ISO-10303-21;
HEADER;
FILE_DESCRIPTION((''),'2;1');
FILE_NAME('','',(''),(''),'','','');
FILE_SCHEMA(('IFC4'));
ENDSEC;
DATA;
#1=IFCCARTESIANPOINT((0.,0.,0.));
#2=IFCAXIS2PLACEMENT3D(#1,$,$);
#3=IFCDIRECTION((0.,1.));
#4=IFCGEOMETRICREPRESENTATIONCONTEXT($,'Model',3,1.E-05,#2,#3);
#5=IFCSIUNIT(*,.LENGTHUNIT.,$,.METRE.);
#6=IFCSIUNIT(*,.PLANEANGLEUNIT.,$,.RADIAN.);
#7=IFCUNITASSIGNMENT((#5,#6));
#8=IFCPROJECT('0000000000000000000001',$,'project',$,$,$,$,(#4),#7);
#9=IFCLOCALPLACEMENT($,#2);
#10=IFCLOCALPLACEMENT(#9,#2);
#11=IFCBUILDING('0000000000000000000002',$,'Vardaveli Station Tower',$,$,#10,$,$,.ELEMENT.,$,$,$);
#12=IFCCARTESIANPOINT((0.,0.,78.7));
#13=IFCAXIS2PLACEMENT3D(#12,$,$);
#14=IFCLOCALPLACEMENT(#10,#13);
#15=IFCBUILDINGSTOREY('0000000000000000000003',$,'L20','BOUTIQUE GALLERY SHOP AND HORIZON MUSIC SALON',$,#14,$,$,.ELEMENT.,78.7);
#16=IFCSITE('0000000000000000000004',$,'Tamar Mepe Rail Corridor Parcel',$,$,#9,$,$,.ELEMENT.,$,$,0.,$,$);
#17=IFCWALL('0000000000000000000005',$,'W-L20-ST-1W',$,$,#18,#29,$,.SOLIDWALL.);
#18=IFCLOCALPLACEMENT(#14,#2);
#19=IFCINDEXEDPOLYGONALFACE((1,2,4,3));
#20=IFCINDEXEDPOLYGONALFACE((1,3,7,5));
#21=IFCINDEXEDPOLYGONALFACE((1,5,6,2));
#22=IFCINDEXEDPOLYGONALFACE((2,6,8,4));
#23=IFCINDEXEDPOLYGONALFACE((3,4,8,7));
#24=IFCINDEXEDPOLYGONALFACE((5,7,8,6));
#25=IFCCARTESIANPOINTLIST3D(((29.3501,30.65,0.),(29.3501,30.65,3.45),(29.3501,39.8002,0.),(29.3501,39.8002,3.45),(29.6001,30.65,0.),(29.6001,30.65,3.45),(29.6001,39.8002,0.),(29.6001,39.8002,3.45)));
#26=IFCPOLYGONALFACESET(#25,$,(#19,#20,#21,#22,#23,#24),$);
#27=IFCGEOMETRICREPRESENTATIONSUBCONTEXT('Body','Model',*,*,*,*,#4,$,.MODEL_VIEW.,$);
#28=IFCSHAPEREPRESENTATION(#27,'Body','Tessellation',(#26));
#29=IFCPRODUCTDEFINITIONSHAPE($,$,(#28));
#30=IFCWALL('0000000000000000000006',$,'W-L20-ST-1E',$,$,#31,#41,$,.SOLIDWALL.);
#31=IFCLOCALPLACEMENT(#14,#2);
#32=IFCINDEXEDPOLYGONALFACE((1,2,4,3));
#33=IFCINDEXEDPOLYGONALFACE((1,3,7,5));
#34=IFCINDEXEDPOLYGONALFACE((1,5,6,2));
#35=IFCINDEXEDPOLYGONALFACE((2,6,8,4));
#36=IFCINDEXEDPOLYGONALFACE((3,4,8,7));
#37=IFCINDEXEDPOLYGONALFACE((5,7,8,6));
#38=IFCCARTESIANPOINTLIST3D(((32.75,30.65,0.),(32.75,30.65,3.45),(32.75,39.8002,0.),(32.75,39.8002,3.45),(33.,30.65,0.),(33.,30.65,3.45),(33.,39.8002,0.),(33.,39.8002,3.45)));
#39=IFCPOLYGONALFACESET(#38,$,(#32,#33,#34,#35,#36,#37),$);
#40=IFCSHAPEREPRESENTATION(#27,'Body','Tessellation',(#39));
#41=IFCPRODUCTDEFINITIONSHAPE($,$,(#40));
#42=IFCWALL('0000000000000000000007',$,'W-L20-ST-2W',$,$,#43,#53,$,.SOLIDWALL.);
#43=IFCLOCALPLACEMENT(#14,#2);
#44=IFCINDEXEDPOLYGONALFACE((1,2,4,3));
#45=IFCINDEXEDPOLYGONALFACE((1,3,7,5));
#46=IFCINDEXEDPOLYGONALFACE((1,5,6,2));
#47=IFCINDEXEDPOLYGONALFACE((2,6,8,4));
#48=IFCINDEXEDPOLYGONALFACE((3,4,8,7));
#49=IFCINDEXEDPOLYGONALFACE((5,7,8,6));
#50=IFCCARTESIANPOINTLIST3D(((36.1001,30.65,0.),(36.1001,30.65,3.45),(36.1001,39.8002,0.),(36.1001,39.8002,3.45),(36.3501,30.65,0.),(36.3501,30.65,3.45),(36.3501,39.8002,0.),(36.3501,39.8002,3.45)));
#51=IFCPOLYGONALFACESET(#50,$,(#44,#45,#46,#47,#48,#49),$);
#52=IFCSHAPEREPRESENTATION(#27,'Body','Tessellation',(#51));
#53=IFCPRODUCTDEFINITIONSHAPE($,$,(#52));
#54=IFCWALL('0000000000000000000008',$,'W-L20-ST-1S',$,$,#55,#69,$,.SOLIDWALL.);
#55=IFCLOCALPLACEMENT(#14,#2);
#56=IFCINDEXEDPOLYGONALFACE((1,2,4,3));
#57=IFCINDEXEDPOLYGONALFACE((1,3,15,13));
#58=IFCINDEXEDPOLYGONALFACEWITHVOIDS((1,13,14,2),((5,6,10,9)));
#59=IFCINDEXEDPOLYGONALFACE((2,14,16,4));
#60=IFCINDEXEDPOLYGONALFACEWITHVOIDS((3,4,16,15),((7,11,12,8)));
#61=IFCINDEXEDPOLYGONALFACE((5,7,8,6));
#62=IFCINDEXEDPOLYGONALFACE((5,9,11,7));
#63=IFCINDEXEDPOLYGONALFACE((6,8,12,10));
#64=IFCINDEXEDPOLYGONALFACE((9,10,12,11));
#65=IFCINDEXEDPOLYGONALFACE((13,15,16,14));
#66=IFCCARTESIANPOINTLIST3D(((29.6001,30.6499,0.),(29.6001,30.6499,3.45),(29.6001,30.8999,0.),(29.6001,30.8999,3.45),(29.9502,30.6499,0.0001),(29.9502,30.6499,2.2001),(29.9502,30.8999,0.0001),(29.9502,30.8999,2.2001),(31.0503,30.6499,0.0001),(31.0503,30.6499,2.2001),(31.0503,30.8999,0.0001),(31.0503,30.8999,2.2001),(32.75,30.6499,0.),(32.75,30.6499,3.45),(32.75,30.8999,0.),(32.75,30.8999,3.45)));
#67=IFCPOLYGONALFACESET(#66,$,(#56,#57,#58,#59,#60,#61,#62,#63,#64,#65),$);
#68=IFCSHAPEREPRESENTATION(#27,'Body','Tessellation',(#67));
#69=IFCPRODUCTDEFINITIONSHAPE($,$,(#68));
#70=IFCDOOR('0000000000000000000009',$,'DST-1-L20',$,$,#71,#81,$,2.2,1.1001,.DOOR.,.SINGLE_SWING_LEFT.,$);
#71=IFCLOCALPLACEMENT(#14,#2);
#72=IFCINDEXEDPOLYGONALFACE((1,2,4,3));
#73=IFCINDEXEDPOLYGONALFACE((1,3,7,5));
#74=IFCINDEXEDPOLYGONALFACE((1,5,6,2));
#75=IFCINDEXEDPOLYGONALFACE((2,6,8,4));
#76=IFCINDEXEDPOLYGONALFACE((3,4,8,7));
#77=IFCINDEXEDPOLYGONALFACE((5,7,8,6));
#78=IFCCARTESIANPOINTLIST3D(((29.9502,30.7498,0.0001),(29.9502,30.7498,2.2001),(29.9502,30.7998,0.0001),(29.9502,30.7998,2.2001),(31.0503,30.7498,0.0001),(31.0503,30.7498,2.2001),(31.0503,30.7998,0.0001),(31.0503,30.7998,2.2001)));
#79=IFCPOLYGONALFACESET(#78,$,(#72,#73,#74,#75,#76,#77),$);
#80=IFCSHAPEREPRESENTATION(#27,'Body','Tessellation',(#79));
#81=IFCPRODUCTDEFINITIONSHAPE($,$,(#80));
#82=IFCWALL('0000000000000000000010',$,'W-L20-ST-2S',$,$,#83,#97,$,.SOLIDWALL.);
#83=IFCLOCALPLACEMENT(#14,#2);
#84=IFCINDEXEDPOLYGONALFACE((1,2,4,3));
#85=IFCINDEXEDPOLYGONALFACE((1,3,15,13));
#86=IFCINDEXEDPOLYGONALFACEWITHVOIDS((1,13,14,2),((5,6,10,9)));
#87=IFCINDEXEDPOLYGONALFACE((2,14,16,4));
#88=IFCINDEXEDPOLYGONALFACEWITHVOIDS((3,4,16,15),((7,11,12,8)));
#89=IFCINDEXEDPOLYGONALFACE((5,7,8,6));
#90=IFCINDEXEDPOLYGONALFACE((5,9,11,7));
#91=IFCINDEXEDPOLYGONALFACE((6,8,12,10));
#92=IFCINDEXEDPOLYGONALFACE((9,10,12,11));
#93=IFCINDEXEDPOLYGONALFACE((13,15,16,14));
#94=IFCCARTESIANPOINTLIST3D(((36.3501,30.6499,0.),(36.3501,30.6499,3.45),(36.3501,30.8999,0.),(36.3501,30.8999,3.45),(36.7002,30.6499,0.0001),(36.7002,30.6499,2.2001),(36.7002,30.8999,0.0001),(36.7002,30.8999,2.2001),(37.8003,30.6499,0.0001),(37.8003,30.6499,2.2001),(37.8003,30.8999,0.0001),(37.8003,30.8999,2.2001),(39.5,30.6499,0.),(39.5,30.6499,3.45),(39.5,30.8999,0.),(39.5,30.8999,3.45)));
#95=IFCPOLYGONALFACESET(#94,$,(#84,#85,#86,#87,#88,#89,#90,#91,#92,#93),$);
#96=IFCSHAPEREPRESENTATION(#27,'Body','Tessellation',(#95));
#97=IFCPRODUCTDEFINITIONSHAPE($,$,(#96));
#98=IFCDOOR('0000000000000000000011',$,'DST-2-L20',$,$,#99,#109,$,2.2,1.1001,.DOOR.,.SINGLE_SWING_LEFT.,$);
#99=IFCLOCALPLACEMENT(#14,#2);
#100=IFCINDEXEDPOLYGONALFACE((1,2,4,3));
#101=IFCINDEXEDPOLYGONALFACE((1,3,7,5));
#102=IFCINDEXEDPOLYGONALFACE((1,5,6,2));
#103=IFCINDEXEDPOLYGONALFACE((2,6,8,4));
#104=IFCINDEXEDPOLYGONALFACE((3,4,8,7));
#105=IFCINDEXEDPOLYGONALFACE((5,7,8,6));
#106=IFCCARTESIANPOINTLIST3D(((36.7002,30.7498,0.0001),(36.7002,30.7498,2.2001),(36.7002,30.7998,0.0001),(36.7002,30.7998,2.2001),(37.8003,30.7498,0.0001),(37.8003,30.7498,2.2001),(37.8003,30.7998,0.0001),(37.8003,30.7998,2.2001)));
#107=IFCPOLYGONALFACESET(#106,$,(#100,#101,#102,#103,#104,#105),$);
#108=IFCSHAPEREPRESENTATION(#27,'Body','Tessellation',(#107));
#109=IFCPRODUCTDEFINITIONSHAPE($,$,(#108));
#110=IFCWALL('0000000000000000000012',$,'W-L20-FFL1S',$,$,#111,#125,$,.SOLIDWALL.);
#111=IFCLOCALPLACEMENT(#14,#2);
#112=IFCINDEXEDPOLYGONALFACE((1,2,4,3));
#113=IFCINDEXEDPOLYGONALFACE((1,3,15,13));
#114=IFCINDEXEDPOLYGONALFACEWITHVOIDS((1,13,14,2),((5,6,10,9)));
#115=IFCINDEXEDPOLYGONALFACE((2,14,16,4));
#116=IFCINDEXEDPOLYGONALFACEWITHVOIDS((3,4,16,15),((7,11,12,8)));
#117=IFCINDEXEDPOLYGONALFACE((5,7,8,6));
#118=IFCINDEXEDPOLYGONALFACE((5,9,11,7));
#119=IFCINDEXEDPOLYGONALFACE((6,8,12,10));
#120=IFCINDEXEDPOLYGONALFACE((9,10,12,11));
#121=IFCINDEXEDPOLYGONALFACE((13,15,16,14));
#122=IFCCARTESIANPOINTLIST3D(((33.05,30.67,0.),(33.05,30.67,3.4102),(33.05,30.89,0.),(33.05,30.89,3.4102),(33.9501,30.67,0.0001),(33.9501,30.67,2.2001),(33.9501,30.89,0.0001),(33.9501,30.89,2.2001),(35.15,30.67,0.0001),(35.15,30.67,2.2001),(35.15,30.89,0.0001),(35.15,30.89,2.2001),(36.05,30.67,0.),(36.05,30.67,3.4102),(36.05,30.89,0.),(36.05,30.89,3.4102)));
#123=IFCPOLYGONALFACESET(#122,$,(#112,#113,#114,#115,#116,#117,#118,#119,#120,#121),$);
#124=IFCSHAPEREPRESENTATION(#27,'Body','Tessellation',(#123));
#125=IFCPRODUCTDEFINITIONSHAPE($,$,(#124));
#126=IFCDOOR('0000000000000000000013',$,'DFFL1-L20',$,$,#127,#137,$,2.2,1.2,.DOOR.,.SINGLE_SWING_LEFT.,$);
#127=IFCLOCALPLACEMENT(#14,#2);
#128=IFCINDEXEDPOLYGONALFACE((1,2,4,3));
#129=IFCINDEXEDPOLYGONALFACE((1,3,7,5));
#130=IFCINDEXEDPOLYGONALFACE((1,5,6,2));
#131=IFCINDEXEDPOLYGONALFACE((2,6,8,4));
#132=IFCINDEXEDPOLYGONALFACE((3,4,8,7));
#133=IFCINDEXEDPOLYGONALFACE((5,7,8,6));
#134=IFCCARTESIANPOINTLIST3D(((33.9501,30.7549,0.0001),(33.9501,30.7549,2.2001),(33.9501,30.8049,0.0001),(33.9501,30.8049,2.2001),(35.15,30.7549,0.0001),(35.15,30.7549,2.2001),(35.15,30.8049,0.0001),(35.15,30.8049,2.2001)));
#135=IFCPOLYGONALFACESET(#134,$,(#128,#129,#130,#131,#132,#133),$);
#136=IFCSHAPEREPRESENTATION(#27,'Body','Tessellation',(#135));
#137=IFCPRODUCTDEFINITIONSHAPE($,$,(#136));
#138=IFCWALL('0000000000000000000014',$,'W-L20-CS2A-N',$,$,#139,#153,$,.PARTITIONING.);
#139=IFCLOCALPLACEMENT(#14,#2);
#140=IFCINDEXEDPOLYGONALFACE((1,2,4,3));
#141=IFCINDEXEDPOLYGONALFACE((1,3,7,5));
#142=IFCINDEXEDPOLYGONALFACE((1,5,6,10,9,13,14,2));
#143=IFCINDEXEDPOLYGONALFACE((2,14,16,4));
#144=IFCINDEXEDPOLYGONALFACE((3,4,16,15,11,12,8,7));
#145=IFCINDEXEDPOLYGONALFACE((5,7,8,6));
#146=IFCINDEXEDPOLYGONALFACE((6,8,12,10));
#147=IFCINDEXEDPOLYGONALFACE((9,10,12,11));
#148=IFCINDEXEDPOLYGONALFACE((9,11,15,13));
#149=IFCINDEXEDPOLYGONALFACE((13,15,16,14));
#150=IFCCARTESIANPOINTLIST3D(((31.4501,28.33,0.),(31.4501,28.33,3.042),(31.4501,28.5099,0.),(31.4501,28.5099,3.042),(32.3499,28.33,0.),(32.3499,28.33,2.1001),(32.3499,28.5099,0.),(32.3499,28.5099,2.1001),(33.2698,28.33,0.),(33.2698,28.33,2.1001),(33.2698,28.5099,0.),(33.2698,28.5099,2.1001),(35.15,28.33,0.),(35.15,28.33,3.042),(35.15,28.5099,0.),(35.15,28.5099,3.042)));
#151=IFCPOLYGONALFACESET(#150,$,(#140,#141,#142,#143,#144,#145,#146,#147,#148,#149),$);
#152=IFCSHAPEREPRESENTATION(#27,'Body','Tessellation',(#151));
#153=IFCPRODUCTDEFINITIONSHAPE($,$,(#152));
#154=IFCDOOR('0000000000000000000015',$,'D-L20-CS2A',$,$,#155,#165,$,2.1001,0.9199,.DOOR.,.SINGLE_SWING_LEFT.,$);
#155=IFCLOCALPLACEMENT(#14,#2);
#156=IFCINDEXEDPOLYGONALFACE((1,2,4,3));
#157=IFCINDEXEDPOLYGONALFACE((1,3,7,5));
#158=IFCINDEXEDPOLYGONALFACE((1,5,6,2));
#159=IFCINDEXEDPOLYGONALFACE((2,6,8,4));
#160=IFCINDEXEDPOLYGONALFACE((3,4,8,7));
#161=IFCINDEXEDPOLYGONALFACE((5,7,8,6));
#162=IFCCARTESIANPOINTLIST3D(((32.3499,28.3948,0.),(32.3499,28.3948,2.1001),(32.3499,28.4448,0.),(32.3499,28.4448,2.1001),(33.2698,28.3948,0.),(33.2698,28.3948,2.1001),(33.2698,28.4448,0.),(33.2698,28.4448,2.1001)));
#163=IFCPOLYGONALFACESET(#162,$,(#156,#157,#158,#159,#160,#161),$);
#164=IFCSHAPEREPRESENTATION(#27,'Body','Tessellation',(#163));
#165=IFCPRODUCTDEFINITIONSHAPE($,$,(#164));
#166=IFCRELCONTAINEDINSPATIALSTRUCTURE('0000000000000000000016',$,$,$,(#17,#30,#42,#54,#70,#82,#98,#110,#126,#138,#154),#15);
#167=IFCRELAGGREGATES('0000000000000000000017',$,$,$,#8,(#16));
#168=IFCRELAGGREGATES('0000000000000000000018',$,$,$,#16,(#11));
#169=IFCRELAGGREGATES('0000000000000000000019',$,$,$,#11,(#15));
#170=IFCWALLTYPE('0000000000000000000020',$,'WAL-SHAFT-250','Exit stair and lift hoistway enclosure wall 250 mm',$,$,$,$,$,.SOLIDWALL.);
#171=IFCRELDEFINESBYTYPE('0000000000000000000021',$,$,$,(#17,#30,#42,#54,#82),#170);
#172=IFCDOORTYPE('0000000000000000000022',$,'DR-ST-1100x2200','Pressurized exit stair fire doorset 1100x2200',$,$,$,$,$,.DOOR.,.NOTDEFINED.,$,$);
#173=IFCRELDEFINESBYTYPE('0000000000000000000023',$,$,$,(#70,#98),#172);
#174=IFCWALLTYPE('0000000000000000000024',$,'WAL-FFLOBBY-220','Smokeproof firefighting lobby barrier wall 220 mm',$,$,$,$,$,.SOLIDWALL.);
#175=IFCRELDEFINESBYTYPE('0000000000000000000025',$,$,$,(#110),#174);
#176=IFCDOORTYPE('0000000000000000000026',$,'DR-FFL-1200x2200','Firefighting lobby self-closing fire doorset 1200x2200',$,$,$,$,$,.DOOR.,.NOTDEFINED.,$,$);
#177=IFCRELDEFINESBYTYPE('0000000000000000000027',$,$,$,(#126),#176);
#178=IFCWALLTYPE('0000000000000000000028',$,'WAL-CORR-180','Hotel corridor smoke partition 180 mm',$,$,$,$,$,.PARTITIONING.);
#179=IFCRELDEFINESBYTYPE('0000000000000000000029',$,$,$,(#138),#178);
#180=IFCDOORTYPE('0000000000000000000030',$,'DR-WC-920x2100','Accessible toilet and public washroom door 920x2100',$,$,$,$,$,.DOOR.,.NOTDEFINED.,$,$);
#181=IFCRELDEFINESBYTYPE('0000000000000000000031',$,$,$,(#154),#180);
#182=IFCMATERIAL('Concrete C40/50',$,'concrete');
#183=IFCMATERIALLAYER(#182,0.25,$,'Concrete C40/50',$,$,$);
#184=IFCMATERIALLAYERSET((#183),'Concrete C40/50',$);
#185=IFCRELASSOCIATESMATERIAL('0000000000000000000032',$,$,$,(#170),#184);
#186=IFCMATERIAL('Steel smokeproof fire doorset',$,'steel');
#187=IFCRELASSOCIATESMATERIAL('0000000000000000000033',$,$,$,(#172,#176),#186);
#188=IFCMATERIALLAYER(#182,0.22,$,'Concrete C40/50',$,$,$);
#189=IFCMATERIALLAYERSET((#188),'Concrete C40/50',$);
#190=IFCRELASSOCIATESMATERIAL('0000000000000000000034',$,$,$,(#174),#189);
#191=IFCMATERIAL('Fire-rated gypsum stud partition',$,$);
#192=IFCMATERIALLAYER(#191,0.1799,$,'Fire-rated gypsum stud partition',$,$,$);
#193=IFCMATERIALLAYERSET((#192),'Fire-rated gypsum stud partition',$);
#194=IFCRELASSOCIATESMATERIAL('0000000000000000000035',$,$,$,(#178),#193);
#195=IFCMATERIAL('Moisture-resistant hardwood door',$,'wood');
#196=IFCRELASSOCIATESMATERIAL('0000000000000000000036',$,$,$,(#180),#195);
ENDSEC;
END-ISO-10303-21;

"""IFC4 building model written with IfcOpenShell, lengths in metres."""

from ifc_helpers import new_model, si_unit, direction, frame, frame_2d, origin, place, context, subcontext, project, spatial, rectangle, extrude, source, transform, mapped, material, layer, layer_set, type_object, element, fill, save


model = new_model("IFC4")

# Units and contexts
model_context = context("Model", 3, precision=1e-05, world=origin(), true_north=direction((0.0, 1.0)))
body_context = subcontext(model_context, "Body", "Model", "MODEL_VIEW")
ifc_project = project(units=[si_unit("LENGTHUNIT", "METRE"), si_unit("PLANEANGLEUNIT", "RADIAN")], contexts=[model_context])

# Site, building, storey
site_placement = place(None, origin())
site = spatial("IfcSite", under=ifc_project, at=site_placement, Name="Tamar Mepe Rail Corridor Parcel", CompositionType="ELEMENT", RefElevation=0.0)
building_placement = place(site_placement, origin())
building = spatial("IfcBuilding", under=site, at=building_placement, Name="Vardaveli Station Tower", CompositionType="ELEMENT")
storey_placement = place(building_placement, frame((0.0, 0.0, 78.7)))
storey = spatial("IfcBuildingStorey", under=building, at=storey_placement, Name="L20", Description="BOUTIQUE GALLERY SHOP AND HORIZON MUSIC SALON", CompositionType="ELEMENT", Elevation=78.7)

# Walls
ifc_material_1 = material(Name="Concrete C40/50", Category="concrete")
ifc_layer_1 = layer(ifc_material_1, 0.25, Name="Concrete C40/50")
ifc_layer_set_1 = layer_set([ifc_layer_1], Name="Concrete C40/50")
wall_type_1 = type_object("IfcWallType", Name="WAL-SHAFT-250", Description="Exit stair and lift hoistway enclosure wall 250 mm", PredefinedType="SOLIDWALL", material=ifc_layer_set_1)
shared_shape_1 = source(origin(), body_context, "Body", "SweptSolid", [
    extrude(rectangle(XDim=9.1501, YDim=0.25, at=frame_2d((4.5752, 0.0))), origin(), (0.0, 0.0, 1.0), 3.45),
])
for number, where, z_axis, x_axis, name in (
    (1, (29.4751, 30.6499, 0.0), (0.0, 0.0, 1.0), (0.0, 1.0, 0.0), "W-L20-ST-1W"),
    (2, (32.875, 30.6499, 0.0), (0.0, 0.0, 1.0), (0.0, 1.0, 0.0), "W-L20-ST-1E"),
    (3, (36.2251, 30.6499, 0.0), (0.0, 0.0, 1.0), (0.0, 1.0, 0.0), "W-L20-ST-2W"),
):
    element("IfcWall", number, at=place(storey_placement, frame(where, z_axis=z_axis, x_axis=x_axis)), inside=storey, type_object=wall_type_1, Name=name, PredefinedType="SOLIDWALL", context=body_context, shape_type="MappedRepresentation", body=[
        mapped(shared_shape_1, transform((0.0, 0.0, 0.0), scale=1.0)),
    ])

# Walls, openings, doors
shared_shape_2 = source(origin(), body_context, "Body", "SweptSolid", [
    extrude(rectangle(XDim=3.1499, YDim=0.25, at=frame_2d((1.575, 0.0))), origin(), (0.0, 0.0, 1.0), 3.45),
])
wall_1_placement = place(storey_placement, frame((29.6001, 30.7749, 0.0), z_axis=(0.0, 0.0, 1.0), x_axis=(1.0, 0.0, 0.0)))
wall_1 = element("IfcWall", 4, at=wall_1_placement, inside=storey, type_object=wall_type_1, Name="W-L20-ST-1S", PredefinedType="SOLIDWALL", context=body_context, shape_type="MappedRepresentation", body=[
    mapped(shared_shape_2, transform((0.0, 0.0, 0.0), scale=1.0)),
])
shared_shape_3 = source(origin(), body_context, "Body", "SweptSolid", [
    extrude(rectangle(XDim=1.1001, YDim=2.2, at=frame_2d((0.55, 1.1001))), frame((0.0, 0.135, 0.0), z_axis=(0.0, -1.0, 0.0), x_axis=(1.0, 0.0, 0.0)), (0.0, 0.0, 1.0), 0.27),
])
opening_1_placement = place(wall_1_placement, frame((0.3501, 0.0, 0.0)))
opening_1 = element("IfcOpeningElement", 5, at=opening_1_placement, cuts=wall_1, PredefinedType="OPENING", context=body_context, shape_type="MappedRepresentation", body=[
    mapped(shared_shape_3, transform((0.0, 0.0, 0.0), scale=1.0)),
])
ifc_material_2 = material(Name="Steel smokeproof fire doorset", Category="steel")
door_type_1 = type_object("IfcDoorType", Name="DR-ST-1100x2200", Description="Pressurized exit stair fire doorset 1100x2200", OperationType="NOTDEFINED", PredefinedType="DOOR", material=ifc_material_2)
shared_shape_4 = source(origin(), body_context, "Body", "SweptSolid", [
    extrude(rectangle(XDim=1.1001, YDim=2.2, at=frame_2d((0.55, 1.1001))), frame((0.0, 0.0249, 0.0), z_axis=(0.0, -1.0, 0.0), x_axis=(1.0, 0.0, 0.0)), (0.0, 0.0, 1.0), 0.05),
])
door_1_placement = place(opening_1_placement, origin())
door_1 = element("IfcDoor", 6, at=door_1_placement, inside=storey, type_object=door_type_1, Name="DST-1-L20", OperationType="SINGLE_SWING_LEFT", OverallHeight=2.2, OverallWidth=1.1001, PredefinedType="DOOR", context=body_context, shape_type="MappedRepresentation", body=[
    mapped(shared_shape_4, transform((0.0, 0.0, 0.0), scale=1.0)),
])
fill(opening_1, door_1)
wall_2_placement = place(storey_placement, frame((36.3501, 30.7749, 0.0), z_axis=(0.0, 0.0, 1.0), x_axis=(1.0, 0.0, 0.0)))
wall_2 = element("IfcWall", 7, at=wall_2_placement, inside=storey, type_object=wall_type_1, Name="W-L20-ST-2S", PredefinedType="SOLIDWALL", context=body_context, shape_type="MappedRepresentation", body=[
    mapped(shared_shape_2, transform((0.0, 0.0, 0.0), scale=1.0)),
])
opening_2_placement = place(wall_2_placement, frame((0.3501, 0.0, 0.0)))
opening_2 = element("IfcOpeningElement", 8, at=opening_2_placement, cuts=wall_2, PredefinedType="OPENING", context=body_context, shape_type="MappedRepresentation", body=[
    mapped(shared_shape_3, transform((0.0, 0.0, 0.0), scale=1.0)),
])
door_2_placement = place(opening_2_placement, origin())
door_2 = element("IfcDoor", 9, at=door_2_placement, inside=storey, type_object=door_type_1, Name="DST-2-L20", OperationType="SINGLE_SWING_LEFT", OverallHeight=2.2, OverallWidth=1.1001, PredefinedType="DOOR", context=body_context, shape_type="MappedRepresentation", body=[
    mapped(shared_shape_4, transform((0.0, 0.0, 0.0), scale=1.0)),
])
fill(opening_2, door_2)
ifc_layer_2 = layer(ifc_material_1, 0.22, Name="Concrete C40/50")
ifc_layer_set_2 = layer_set([ifc_layer_2], Name="Concrete C40/50")
wall_type_2 = type_object("IfcWallType", Name="WAL-FFLOBBY-220", Description="Smokeproof firefighting lobby barrier wall 220 mm", PredefinedType="SOLIDWALL", material=ifc_layer_set_2)
shared_shape_5 = source(origin(), body_context, "Body", "SweptSolid", [
    extrude(rectangle(XDim=3.0, YDim=0.22, at=frame_2d((1.5, 0.0))), origin(), (0.0, 0.0, 1.0), 3.4102),
])
wall_3_placement = place(storey_placement, frame((33.05, 30.78, 0.0), z_axis=(0.0, 0.0, 1.0), x_axis=(1.0, 0.0, 0.0)))
wall_3 = element("IfcWall", 10, at=wall_3_placement, inside=storey, type_object=wall_type_2, Name="W-L20-FFL1S", PredefinedType="SOLIDWALL", context=body_context, shape_type="MappedRepresentation", body=[
    mapped(shared_shape_5, transform((0.0, 0.0, 0.0), scale=1.0)),
])
shared_shape_6 = source(origin(), body_context, "Body", "SweptSolid", [
    extrude(rectangle(XDim=1.2, YDim=2.2, at=frame_2d((0.6001, 1.1001))), frame((0.0, 0.1201, 0.0), z_axis=(0.0, -1.0, 0.0), x_axis=(1.0, 0.0, 0.0)), (0.0, 0.0, 1.0), 0.24),
])
opening_3_placement = place(wall_3_placement, frame((0.8999, 0.0, 0.0)))
opening_3 = element("IfcOpeningElement", 11, at=opening_3_placement, cuts=wall_3, PredefinedType="OPENING", context=body_context, shape_type="MappedRepresentation", body=[
    mapped(shared_shape_6, transform((0.0, 0.0, 0.0), scale=1.0)),
])
door_type_2 = type_object("IfcDoorType", Name="DR-FFL-1200x2200", Description="Firefighting lobby self-closing fire doorset 1200x2200", OperationType="NOTDEFINED", PredefinedType="DOOR", material=ifc_material_2)
shared_shape_7 = source(origin(), body_context, "Body", "SweptSolid", [
    extrude(rectangle(XDim=1.2, YDim=2.2, at=frame_2d((0.6001, 1.1001))), frame((0.0, 0.0249, 0.0), z_axis=(0.0, -1.0, 0.0), x_axis=(1.0, 0.0, 0.0)), (0.0, 0.0, 1.0), 0.05),
])
door_3_placement = place(opening_3_placement, origin())
door_3 = element("IfcDoor", 12, at=door_3_placement, inside=storey, type_object=door_type_2, Name="DFFL1-L20", OperationType="SINGLE_SWING_LEFT", OverallHeight=2.2, OverallWidth=1.2, PredefinedType="DOOR", context=body_context, shape_type="MappedRepresentation", body=[
    mapped(shared_shape_7, transform((0.0, 0.0, 0.0), scale=1.0)),
])
fill(opening_3, door_3)
ifc_material_3 = material(Name="Fire-rated gypsum stud partition")
ifc_layer_3 = layer(ifc_material_3, 0.1799, Name="Fire-rated gypsum stud partition")
ifc_layer_set_3 = layer_set([ifc_layer_3], Name="Fire-rated gypsum stud partition")
wall_type_3 = type_object("IfcWallType", Name="WAL-CORR-180", Description="Hotel corridor smoke partition 180 mm", PredefinedType="PARTITIONING", material=ifc_layer_set_3)
shared_shape_8 = source(origin(), body_context, "Body", "SweptSolid", [
    extrude(rectangle(XDim=3.7, YDim=0.1799, at=frame_2d((1.8501, 0.0))), origin(), (0.0, 0.0, 1.0), 3.042),
])
wall_4_placement = place(storey_placement, frame((31.45, 28.4199, 0.0), z_axis=(0.0, 0.0, 1.0), x_axis=(1.0, 0.0, 0.0)))
wall_4 = element("IfcWall", 13, at=wall_4_placement, inside=storey, type_object=wall_type_3, Name="W-L20-CS2A-N", PredefinedType="PARTITIONING", context=body_context, shape_type="MappedRepresentation", body=[
    mapped(shared_shape_8, transform((0.0, 0.0, 0.0), scale=1.0)),
])
shared_shape_9 = source(origin(), body_context, "Body", "SweptSolid", [
    extrude(rectangle(XDim=0.9199, YDim=2.1001, at=frame_2d((0.46, 1.05))), frame((0.0, 0.1001, 0.0), z_axis=(0.0, -1.0, 0.0), x_axis=(1.0, 0.0, 0.0)), (0.0, 0.0, 1.0), 0.2),
])
opening_4_placement = place(wall_4_placement, frame((0.8999, 0.0, 0.0)))
opening_4 = element("IfcOpeningElement", 14, at=opening_4_placement, cuts=wall_4, PredefinedType="OPENING", context=body_context, shape_type="MappedRepresentation", body=[
    mapped(shared_shape_9, transform((0.0, 0.0, 0.0), scale=1.0)),
])
ifc_material_4 = material(Name="Moisture-resistant hardwood door", Category="wood")
door_type_3 = type_object("IfcDoorType", Name="DR-WC-920x2100", Description="Accessible toilet and public washroom door 920x2100", OperationType="NOTDEFINED", PredefinedType="DOOR", material=ifc_material_4)
shared_shape_10 = source(origin(), body_context, "Body", "SweptSolid", [
    extrude(rectangle(XDim=0.9199, YDim=2.1001, at=frame_2d((0.46, 1.05))), frame((0.0, 0.0249, 0.0), z_axis=(0.0, -1.0, 0.0), x_axis=(1.0, 0.0, 0.0)), (0.0, 0.0, 1.0), 0.05),
])
door_4_placement = place(opening_4_placement, origin())
door_4 = element("IfcDoor", 15, at=door_4_placement, inside=storey, type_object=door_type_3, Name="D-L20-CS2A", OperationType="SINGLE_SWING_LEFT", OverallHeight=2.1001, OverallWidth=0.9199, PredefinedType="DOOR", context=body_context, shape_type="MappedRepresentation", body=[
    mapped(shared_shape_10, transform((0.0, 0.0, 0.0), scale=1.0)),
])
fill(opening_4, door_4)

save(model, "model.ifc")
